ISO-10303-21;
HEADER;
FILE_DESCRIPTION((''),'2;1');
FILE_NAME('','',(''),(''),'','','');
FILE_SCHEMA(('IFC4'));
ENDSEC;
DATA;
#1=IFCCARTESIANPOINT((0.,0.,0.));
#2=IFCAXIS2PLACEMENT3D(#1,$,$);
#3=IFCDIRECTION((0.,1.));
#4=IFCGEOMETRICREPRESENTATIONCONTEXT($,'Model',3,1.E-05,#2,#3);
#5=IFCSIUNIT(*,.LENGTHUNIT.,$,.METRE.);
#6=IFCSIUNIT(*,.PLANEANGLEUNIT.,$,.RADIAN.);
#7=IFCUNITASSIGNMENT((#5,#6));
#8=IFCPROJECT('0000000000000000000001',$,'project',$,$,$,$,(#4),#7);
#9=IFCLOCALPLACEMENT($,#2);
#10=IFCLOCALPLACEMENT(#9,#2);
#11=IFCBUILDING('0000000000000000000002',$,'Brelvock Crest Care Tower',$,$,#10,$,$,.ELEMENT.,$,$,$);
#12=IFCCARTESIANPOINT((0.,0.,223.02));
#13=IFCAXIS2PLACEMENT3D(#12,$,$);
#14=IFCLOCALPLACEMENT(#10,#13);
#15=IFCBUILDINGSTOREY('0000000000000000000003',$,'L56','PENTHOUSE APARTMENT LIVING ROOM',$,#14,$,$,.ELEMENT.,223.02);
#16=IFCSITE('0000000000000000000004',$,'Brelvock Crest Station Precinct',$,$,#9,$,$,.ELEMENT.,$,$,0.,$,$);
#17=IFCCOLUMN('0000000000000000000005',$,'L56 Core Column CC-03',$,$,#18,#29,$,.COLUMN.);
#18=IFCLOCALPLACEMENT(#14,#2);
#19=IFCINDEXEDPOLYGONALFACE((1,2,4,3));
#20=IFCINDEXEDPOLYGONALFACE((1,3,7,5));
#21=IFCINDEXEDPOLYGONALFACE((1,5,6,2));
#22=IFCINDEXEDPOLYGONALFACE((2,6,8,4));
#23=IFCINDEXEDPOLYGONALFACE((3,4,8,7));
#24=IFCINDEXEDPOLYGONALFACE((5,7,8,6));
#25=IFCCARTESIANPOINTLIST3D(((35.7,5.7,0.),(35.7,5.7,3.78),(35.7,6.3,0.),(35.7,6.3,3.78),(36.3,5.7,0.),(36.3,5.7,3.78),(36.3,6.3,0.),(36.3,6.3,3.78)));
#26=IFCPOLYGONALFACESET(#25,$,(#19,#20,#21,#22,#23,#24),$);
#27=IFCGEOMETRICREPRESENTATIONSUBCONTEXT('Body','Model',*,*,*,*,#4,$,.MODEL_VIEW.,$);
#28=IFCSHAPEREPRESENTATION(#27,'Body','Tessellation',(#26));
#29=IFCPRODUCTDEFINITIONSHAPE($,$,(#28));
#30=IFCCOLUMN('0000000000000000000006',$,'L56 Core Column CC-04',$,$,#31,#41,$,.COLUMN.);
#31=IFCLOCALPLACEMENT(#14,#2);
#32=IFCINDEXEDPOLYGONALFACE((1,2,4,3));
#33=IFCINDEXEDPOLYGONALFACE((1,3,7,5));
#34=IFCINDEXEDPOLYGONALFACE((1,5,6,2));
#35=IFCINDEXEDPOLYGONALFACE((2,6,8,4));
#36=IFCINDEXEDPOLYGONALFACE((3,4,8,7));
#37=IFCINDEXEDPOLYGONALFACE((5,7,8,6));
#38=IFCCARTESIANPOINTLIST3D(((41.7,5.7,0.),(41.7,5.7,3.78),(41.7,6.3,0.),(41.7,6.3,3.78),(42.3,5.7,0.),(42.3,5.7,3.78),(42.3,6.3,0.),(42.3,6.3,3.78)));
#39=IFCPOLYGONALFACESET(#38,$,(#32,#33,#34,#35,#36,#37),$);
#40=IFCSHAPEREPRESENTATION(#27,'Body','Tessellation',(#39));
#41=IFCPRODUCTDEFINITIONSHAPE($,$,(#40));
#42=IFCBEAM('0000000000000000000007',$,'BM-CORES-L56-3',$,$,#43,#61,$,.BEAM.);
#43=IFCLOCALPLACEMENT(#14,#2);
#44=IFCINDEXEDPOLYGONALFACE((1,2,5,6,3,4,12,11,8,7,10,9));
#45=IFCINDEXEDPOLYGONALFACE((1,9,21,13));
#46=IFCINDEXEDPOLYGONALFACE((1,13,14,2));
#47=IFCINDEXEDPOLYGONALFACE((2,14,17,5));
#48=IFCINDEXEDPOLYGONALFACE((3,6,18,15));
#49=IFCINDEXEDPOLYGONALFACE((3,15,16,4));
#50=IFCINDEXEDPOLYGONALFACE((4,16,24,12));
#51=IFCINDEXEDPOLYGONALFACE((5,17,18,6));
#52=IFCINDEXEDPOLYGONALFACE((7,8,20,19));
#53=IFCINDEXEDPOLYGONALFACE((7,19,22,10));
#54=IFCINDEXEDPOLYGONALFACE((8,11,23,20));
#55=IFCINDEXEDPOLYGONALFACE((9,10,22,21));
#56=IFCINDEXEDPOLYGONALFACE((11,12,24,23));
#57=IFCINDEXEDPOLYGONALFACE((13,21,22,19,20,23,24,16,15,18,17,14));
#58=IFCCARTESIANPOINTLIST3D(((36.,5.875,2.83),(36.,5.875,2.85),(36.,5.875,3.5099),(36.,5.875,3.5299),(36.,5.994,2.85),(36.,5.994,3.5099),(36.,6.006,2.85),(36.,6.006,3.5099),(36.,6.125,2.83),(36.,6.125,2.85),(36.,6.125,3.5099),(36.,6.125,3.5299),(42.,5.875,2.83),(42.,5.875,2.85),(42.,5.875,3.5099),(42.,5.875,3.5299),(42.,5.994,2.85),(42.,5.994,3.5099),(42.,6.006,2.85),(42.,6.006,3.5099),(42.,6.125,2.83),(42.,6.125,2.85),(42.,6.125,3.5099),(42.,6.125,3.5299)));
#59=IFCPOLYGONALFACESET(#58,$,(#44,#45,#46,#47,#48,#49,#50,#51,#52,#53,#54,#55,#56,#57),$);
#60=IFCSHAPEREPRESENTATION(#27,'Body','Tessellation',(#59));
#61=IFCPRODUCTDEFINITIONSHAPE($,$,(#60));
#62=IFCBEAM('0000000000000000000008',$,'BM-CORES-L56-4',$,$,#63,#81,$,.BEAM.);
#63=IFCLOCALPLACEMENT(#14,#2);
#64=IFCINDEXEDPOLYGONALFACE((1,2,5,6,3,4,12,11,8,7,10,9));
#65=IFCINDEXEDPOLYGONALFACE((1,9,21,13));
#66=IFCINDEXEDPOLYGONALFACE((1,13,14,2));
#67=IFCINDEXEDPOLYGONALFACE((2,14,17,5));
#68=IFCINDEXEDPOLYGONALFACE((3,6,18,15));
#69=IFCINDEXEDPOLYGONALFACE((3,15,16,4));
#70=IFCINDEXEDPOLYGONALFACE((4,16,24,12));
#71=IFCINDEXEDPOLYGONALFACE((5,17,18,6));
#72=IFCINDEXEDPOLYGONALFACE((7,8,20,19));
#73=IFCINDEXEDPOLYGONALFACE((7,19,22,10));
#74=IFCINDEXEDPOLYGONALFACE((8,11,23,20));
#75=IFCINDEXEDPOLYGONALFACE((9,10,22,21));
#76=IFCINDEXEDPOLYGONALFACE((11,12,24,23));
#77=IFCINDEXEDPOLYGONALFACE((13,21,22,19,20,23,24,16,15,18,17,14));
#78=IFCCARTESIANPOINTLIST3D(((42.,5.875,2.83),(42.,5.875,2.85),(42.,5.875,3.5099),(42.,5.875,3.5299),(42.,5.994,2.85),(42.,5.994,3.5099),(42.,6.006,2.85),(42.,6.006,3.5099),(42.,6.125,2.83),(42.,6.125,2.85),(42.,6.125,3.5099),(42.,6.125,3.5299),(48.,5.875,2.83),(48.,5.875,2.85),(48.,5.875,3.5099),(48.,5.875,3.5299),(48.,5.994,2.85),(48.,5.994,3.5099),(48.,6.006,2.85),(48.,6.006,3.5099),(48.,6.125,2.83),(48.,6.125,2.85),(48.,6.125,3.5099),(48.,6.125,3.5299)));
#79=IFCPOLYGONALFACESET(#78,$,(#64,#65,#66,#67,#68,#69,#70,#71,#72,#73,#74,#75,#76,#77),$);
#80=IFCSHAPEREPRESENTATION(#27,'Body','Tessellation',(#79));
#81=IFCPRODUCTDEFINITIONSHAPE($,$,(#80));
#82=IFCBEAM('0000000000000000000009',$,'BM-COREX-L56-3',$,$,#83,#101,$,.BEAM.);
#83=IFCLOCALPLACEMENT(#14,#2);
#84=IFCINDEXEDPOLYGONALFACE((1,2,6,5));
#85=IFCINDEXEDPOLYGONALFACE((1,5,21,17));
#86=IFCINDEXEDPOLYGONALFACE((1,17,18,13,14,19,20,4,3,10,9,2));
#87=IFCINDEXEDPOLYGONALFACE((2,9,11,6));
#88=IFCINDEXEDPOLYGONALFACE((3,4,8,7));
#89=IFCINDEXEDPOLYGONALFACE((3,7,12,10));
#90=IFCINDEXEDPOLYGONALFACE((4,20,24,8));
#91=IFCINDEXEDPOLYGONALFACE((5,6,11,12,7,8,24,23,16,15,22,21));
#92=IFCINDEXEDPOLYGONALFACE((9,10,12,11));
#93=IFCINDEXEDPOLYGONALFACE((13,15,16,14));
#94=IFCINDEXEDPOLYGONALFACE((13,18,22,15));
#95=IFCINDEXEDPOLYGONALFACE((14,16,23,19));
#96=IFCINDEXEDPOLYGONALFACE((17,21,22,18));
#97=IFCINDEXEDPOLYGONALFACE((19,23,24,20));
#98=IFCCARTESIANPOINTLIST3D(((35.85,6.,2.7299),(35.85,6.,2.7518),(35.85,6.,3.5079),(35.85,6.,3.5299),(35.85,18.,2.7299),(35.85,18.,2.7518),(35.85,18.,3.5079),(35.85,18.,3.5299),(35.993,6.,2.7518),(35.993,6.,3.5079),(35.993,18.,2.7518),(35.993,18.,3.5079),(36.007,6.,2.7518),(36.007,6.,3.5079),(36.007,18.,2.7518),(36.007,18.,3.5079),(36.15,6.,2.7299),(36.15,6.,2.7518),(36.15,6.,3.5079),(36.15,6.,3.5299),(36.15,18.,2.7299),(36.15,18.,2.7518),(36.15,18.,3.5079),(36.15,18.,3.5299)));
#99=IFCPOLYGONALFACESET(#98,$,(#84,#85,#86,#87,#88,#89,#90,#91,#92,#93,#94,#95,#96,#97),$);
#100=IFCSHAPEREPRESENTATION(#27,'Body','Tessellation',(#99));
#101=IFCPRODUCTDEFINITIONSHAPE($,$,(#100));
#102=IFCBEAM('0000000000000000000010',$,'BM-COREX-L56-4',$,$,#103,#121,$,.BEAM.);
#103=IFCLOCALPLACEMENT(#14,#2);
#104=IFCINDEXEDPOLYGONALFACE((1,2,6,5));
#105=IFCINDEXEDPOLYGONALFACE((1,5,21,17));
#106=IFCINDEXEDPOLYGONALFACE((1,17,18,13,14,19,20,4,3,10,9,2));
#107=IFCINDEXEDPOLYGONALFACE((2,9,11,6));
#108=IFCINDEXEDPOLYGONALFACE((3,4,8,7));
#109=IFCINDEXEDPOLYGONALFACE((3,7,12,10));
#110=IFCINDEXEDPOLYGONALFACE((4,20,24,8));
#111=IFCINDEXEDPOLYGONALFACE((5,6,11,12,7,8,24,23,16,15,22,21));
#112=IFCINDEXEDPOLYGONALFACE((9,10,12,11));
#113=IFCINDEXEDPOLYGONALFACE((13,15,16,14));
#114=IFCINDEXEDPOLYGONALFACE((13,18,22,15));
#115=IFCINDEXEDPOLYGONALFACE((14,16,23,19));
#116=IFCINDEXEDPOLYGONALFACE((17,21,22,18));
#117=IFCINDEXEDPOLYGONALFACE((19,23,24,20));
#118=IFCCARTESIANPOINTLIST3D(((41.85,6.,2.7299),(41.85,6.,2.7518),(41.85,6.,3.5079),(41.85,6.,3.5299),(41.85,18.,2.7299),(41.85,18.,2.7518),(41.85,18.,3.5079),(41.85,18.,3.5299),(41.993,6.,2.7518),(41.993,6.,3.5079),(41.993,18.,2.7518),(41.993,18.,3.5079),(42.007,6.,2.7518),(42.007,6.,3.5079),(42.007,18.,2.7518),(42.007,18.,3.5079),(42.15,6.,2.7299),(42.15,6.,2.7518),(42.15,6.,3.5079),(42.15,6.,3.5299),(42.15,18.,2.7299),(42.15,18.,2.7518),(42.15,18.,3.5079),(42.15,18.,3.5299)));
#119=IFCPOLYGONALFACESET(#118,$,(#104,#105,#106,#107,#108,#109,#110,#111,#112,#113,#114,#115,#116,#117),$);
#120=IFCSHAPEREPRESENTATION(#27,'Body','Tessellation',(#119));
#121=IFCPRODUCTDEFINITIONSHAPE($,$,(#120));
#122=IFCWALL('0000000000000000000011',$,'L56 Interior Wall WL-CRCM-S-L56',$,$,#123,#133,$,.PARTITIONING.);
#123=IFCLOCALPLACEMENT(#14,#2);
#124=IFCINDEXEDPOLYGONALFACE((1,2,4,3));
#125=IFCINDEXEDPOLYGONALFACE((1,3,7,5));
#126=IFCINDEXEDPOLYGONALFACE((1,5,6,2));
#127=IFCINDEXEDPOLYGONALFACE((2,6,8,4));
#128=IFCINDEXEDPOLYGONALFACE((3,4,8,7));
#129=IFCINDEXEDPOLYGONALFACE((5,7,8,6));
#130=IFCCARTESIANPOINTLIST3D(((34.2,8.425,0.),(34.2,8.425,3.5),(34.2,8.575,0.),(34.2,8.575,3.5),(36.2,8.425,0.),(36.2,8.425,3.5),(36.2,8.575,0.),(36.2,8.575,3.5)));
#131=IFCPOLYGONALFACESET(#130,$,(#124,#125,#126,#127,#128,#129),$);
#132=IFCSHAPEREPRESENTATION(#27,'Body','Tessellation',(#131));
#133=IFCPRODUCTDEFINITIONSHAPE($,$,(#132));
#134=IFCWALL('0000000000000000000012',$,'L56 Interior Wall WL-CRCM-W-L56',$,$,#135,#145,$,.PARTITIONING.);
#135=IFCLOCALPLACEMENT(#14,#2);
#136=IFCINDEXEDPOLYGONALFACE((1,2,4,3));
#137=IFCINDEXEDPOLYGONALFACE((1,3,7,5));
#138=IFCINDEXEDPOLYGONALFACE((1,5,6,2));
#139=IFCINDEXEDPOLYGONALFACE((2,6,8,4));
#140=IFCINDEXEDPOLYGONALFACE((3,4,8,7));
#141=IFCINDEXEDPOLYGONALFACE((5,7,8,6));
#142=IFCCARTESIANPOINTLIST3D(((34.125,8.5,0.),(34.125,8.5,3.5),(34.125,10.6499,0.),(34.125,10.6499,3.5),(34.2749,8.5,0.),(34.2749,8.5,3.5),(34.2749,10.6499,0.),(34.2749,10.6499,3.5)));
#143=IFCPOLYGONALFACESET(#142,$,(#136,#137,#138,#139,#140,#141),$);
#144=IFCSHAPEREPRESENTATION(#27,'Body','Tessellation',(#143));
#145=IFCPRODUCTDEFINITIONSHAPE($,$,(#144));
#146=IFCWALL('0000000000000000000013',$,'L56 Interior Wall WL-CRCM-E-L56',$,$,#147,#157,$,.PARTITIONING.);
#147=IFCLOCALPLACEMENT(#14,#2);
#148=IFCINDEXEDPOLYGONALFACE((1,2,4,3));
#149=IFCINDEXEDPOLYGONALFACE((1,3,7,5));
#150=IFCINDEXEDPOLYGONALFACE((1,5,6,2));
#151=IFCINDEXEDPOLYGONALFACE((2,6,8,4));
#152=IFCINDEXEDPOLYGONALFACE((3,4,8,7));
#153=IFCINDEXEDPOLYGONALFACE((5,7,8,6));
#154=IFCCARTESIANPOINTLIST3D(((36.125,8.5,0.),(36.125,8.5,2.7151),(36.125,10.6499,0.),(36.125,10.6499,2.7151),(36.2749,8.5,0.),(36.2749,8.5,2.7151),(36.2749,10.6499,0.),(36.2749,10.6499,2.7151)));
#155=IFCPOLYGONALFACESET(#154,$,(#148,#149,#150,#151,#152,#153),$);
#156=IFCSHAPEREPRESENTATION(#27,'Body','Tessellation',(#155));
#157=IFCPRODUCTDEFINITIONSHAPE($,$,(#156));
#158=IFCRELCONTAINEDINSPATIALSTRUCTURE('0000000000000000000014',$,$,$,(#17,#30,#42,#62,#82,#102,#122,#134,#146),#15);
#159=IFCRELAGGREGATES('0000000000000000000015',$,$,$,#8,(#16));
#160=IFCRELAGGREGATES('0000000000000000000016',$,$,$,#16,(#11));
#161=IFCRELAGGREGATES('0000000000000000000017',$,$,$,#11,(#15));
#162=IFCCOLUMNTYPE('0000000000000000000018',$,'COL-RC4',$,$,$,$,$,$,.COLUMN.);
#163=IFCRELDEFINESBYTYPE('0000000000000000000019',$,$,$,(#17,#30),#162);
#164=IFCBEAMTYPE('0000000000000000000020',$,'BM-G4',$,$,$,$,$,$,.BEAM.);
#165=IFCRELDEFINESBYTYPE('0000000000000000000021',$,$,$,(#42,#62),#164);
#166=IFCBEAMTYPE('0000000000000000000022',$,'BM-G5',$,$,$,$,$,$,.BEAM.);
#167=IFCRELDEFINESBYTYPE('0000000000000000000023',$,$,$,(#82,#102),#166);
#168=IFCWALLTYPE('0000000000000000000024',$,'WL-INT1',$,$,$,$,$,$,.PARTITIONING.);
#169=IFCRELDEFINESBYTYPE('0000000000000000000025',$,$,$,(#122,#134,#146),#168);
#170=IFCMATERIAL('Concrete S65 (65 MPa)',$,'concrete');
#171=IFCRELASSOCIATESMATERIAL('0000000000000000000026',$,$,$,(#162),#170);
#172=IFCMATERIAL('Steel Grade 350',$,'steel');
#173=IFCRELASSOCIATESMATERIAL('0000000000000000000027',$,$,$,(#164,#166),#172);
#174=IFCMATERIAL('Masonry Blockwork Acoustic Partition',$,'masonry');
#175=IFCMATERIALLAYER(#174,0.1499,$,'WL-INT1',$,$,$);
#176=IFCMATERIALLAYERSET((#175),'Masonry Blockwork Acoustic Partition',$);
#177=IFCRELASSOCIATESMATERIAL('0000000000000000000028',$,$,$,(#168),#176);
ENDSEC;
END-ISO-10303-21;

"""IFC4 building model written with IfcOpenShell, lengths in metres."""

from ifc_helpers import new_model, si_unit, direction, frame, frame_2d, origin, origin_2d, place, context, subcontext, project, spatial, rectangle, i_section, extrude, source, transform, mapped, material, layer, layer_set, material_profile, profile_set, type_object, element, save


model = new_model("IFC4")

# Units and contexts
model_context = context("Model", 3, precision=1e-05, world=origin(), true_north=direction((0.0, 1.0)))
body_context = subcontext(model_context, "Body", "Model", "MODEL_VIEW")
ifc_project = project(units=[si_unit("LENGTHUNIT", "METRE"), si_unit("PLANEANGLEUNIT", "RADIAN")], contexts=[model_context])

# Site, building, storey
site_placement = place(None, origin())
site = spatial("IfcSite", under=ifc_project, at=site_placement, Name="Brelvock Crest Station Precinct", CompositionType="ELEMENT", RefElevation=0.0)
building_placement = place(site_placement, origin())
building = spatial("IfcBuilding", under=site, at=building_placement, Name="Brelvock Crest Care Tower", CompositionType="ELEMENT")
storey_placement = place(building_placement, frame((0.0, 0.0, 223.02)))
storey = spatial("IfcBuildingStorey", under=building, at=storey_placement, Name="L56", Description="PENTHOUSE APARTMENT LIVING ROOM", CompositionType="ELEMENT", Elevation=223.02)

# Columns
ifc_material_1 = material(Name="Concrete S65 (65 MPa)", Category="concrete")
ifc_material_profile_1 = material_profile(ifc_material_1, rectangle(XDim=0.6001, YDim=0.6001, at=origin_2d()), Name="RC600x600")
ifc_profile_set_1 = profile_set([ifc_material_profile_1], Name="Concrete S65 (65 MPa)")
column_type = type_object("IfcColumnType", Name="COL-RC4", PredefinedType="COLUMN", material=ifc_profile_set_1)
shared_shape_1 = source(origin(), body_context, "Body", "SweptSolid", [
    extrude(rectangle(XDim=0.6001, YDim=0.6001, at=origin_2d()), origin(), (0.0, 0.0, 1.0), 3.78),
])
for number, where, z_axis, x_axis, name in (
    (1, (36.0, 6.0, 0.0), (0.0, 0.0, 1.0), (1.0, 0.0, 0.0), "L56 Core Column CC-03"),
    (2, (42.0, 6.0, 0.0), (0.0, 0.0, 1.0), (1.0, 0.0, 0.0), "L56 Core Column CC-04"),
):
    element("IfcColumn", number, at=place(storey_placement, frame(where, z_axis=z_axis, x_axis=x_axis)), inside=storey, type_object=column_type, Name=name, PredefinedType="COLUMN", context=body_context, shape_type="MappedRepresentation", body=[
        mapped(shared_shape_1, transform((0.0, 0.0, 0.0), x_axis=(1.0, 0.0, 0.0), y_axis=(0.0, 1.0, 0.0), z_axis=(0.0, 0.0, 1.0), scale=1.0)),
    ])

# Beams
ifc_material_2 = material(Name="Steel Grade 350", Category="steel")
ifc_material_profile_2 = material_profile(ifc_material_2, i_section(OverallWidth=0.25, OverallDepth=0.7, WebThickness=0.012, FlangeThickness=0.02, at=origin_2d()), Name="700WB150")
ifc_profile_set_2 = profile_set([ifc_material_profile_2], Name="Steel Grade 350")
beam_type_1 = type_object("IfcBeamType", Name="BM-G4", PredefinedType="BEAM", material=ifc_profile_set_2)
shared_shape_2 = source(origin(), body_context, "Body", "SweptSolid", [
    extrude(i_section(OverallWidth=0.25, OverallDepth=0.7, WebThickness=0.012, FlangeThickness=0.02, at=origin_2d()), origin(), (0.0, 0.0, 1.0), 6.0),
])
for number, where, z_axis, x_axis, name in (
    (3, (36.0, 6.0, 3.1799), (1.0, 0.0, 0.0), (0.0, 1.0, 0.0), "BM-CORES-L56-3"),
    (4, (42.0, 6.0, 3.1799), (1.0, 0.0, 0.0), (0.0, 1.0, 0.0), "BM-CORES-L56-4"),
):
    element("IfcBeam", number, at=place(storey_placement, frame(where, z_axis=z_axis, x_axis=x_axis)), inside=storey, type_object=beam_type_1, Name=name, PredefinedType="BEAM", context=body_context, shape_type="MappedRepresentation", body=[
        mapped(shared_shape_2, transform((0.0, 0.0, 0.0), x_axis=(1.0, 0.0, 0.0), y_axis=(0.0, 1.0, 0.0), z_axis=(0.0, 0.0, 1.0), scale=1.0)),
    ])
ifc_material_profile_3 = material_profile(ifc_material_2, i_section(OverallWidth=0.3, OverallDepth=0.8, WebThickness=0.0139, FlangeThickness=0.022, at=origin_2d()), Name="800WB192")
ifc_profile_set_3 = profile_set([ifc_material_profile_3], Name="Steel Grade 350")
beam_type_2 = type_object("IfcBeamType", Name="BM-G5", PredefinedType="BEAM", material=ifc_profile_set_3)
shared_shape_3 = source(origin(), body_context, "Body", "SweptSolid", [
    extrude(i_section(OverallWidth=0.3, OverallDepth=0.8, WebThickness=0.0139, FlangeThickness=0.022, at=origin_2d()), origin(), (0.0, 0.0, 1.0), 12.0),
])
for number, where, z_axis, x_axis, name in (
    (5, (36.0, 6.0, 3.1299), (0.0, 1.0, 0.0), (-1.0, 0.0, 0.0), "BM-COREX-L56-3"),
    (6, (42.0, 6.0, 3.1299), (0.0, 1.0, 0.0), (-1.0, 0.0, 0.0), "BM-COREX-L56-4"),
):
    element("IfcBeam", number, at=place(storey_placement, frame(where, z_axis=z_axis, x_axis=x_axis)), inside=storey, type_object=beam_type_2, Name=name, PredefinedType="BEAM", context=body_context, shape_type="MappedRepresentation", body=[
        mapped(shared_shape_3, transform((0.0, 0.0, 0.0), x_axis=(1.0, 0.0, 0.0), y_axis=(0.0, 1.0, 0.0), z_axis=(0.0, 0.0, 1.0), scale=1.0)),
    ])

# Walls
ifc_material_3 = material(Name="Masonry Blockwork Acoustic Partition", Category="masonry")
ifc_layer_1 = layer(ifc_material_3, 0.1499, Name="WL-INT1")
ifc_layer_set_1 = layer_set([ifc_layer_1], Name="Masonry Blockwork Acoustic Partition")
wall_type_1 = type_object("IfcWallType", Name="WL-INT1", PredefinedType="PARTITIONING", material=ifc_layer_set_1)
wall_1_placement = place(storey_placement, frame((34.2, 8.5, 0.0), z_axis=(0.0, 0.0, 1.0), x_axis=(1.0, 0.0, 0.0)))
element("IfcWall", 7, at=wall_1_placement, inside=storey, type_object=wall_type_1, Name="L56 Interior Wall WL-CRCM-S-L56", PredefinedType="PARTITIONING", context=body_context, shape_type="SweptSolid", body=[
    extrude(rectangle(XDim=2.0, YDim=0.1499, at=frame_2d((1.0, 0.0))), origin(), (0.0, 0.0, 1.0), 3.5),
])
wall_2_placement = place(storey_placement, frame((34.2, 8.5, 0.0), z_axis=(0.0, 0.0, 1.0), x_axis=(0.0, 1.0, 0.0)))
element("IfcWall", 8, at=wall_2_placement, inside=storey, type_object=wall_type_1, Name="L56 Interior Wall WL-CRCM-W-L56", PredefinedType="PARTITIONING", context=body_context, shape_type="SweptSolid", body=[
    extrude(rectangle(XDim=2.1499, YDim=0.1499, at=frame_2d((1.075, 0.0))), origin(), (0.0, 0.0, 1.0), 3.5),
])
wall_3_placement = place(storey_placement, frame((36.2, 8.5, 0.0), z_axis=(0.0, 0.0, 1.0), x_axis=(0.0, 1.0, 0.0)))
element("IfcWall", 9, at=wall_3_placement, inside=storey, type_object=wall_type_1, Name="L56 Interior Wall WL-CRCM-E-L56", PredefinedType="PARTITIONING", context=body_context, shape_type="SweptSolid", body=[
    extrude(rectangle(XDim=2.1499, YDim=0.1499, at=frame_2d((1.075, 0.0))), origin(), (0.0, 0.0, 1.0), 2.7151),
])

save(model, "model.ifc")
